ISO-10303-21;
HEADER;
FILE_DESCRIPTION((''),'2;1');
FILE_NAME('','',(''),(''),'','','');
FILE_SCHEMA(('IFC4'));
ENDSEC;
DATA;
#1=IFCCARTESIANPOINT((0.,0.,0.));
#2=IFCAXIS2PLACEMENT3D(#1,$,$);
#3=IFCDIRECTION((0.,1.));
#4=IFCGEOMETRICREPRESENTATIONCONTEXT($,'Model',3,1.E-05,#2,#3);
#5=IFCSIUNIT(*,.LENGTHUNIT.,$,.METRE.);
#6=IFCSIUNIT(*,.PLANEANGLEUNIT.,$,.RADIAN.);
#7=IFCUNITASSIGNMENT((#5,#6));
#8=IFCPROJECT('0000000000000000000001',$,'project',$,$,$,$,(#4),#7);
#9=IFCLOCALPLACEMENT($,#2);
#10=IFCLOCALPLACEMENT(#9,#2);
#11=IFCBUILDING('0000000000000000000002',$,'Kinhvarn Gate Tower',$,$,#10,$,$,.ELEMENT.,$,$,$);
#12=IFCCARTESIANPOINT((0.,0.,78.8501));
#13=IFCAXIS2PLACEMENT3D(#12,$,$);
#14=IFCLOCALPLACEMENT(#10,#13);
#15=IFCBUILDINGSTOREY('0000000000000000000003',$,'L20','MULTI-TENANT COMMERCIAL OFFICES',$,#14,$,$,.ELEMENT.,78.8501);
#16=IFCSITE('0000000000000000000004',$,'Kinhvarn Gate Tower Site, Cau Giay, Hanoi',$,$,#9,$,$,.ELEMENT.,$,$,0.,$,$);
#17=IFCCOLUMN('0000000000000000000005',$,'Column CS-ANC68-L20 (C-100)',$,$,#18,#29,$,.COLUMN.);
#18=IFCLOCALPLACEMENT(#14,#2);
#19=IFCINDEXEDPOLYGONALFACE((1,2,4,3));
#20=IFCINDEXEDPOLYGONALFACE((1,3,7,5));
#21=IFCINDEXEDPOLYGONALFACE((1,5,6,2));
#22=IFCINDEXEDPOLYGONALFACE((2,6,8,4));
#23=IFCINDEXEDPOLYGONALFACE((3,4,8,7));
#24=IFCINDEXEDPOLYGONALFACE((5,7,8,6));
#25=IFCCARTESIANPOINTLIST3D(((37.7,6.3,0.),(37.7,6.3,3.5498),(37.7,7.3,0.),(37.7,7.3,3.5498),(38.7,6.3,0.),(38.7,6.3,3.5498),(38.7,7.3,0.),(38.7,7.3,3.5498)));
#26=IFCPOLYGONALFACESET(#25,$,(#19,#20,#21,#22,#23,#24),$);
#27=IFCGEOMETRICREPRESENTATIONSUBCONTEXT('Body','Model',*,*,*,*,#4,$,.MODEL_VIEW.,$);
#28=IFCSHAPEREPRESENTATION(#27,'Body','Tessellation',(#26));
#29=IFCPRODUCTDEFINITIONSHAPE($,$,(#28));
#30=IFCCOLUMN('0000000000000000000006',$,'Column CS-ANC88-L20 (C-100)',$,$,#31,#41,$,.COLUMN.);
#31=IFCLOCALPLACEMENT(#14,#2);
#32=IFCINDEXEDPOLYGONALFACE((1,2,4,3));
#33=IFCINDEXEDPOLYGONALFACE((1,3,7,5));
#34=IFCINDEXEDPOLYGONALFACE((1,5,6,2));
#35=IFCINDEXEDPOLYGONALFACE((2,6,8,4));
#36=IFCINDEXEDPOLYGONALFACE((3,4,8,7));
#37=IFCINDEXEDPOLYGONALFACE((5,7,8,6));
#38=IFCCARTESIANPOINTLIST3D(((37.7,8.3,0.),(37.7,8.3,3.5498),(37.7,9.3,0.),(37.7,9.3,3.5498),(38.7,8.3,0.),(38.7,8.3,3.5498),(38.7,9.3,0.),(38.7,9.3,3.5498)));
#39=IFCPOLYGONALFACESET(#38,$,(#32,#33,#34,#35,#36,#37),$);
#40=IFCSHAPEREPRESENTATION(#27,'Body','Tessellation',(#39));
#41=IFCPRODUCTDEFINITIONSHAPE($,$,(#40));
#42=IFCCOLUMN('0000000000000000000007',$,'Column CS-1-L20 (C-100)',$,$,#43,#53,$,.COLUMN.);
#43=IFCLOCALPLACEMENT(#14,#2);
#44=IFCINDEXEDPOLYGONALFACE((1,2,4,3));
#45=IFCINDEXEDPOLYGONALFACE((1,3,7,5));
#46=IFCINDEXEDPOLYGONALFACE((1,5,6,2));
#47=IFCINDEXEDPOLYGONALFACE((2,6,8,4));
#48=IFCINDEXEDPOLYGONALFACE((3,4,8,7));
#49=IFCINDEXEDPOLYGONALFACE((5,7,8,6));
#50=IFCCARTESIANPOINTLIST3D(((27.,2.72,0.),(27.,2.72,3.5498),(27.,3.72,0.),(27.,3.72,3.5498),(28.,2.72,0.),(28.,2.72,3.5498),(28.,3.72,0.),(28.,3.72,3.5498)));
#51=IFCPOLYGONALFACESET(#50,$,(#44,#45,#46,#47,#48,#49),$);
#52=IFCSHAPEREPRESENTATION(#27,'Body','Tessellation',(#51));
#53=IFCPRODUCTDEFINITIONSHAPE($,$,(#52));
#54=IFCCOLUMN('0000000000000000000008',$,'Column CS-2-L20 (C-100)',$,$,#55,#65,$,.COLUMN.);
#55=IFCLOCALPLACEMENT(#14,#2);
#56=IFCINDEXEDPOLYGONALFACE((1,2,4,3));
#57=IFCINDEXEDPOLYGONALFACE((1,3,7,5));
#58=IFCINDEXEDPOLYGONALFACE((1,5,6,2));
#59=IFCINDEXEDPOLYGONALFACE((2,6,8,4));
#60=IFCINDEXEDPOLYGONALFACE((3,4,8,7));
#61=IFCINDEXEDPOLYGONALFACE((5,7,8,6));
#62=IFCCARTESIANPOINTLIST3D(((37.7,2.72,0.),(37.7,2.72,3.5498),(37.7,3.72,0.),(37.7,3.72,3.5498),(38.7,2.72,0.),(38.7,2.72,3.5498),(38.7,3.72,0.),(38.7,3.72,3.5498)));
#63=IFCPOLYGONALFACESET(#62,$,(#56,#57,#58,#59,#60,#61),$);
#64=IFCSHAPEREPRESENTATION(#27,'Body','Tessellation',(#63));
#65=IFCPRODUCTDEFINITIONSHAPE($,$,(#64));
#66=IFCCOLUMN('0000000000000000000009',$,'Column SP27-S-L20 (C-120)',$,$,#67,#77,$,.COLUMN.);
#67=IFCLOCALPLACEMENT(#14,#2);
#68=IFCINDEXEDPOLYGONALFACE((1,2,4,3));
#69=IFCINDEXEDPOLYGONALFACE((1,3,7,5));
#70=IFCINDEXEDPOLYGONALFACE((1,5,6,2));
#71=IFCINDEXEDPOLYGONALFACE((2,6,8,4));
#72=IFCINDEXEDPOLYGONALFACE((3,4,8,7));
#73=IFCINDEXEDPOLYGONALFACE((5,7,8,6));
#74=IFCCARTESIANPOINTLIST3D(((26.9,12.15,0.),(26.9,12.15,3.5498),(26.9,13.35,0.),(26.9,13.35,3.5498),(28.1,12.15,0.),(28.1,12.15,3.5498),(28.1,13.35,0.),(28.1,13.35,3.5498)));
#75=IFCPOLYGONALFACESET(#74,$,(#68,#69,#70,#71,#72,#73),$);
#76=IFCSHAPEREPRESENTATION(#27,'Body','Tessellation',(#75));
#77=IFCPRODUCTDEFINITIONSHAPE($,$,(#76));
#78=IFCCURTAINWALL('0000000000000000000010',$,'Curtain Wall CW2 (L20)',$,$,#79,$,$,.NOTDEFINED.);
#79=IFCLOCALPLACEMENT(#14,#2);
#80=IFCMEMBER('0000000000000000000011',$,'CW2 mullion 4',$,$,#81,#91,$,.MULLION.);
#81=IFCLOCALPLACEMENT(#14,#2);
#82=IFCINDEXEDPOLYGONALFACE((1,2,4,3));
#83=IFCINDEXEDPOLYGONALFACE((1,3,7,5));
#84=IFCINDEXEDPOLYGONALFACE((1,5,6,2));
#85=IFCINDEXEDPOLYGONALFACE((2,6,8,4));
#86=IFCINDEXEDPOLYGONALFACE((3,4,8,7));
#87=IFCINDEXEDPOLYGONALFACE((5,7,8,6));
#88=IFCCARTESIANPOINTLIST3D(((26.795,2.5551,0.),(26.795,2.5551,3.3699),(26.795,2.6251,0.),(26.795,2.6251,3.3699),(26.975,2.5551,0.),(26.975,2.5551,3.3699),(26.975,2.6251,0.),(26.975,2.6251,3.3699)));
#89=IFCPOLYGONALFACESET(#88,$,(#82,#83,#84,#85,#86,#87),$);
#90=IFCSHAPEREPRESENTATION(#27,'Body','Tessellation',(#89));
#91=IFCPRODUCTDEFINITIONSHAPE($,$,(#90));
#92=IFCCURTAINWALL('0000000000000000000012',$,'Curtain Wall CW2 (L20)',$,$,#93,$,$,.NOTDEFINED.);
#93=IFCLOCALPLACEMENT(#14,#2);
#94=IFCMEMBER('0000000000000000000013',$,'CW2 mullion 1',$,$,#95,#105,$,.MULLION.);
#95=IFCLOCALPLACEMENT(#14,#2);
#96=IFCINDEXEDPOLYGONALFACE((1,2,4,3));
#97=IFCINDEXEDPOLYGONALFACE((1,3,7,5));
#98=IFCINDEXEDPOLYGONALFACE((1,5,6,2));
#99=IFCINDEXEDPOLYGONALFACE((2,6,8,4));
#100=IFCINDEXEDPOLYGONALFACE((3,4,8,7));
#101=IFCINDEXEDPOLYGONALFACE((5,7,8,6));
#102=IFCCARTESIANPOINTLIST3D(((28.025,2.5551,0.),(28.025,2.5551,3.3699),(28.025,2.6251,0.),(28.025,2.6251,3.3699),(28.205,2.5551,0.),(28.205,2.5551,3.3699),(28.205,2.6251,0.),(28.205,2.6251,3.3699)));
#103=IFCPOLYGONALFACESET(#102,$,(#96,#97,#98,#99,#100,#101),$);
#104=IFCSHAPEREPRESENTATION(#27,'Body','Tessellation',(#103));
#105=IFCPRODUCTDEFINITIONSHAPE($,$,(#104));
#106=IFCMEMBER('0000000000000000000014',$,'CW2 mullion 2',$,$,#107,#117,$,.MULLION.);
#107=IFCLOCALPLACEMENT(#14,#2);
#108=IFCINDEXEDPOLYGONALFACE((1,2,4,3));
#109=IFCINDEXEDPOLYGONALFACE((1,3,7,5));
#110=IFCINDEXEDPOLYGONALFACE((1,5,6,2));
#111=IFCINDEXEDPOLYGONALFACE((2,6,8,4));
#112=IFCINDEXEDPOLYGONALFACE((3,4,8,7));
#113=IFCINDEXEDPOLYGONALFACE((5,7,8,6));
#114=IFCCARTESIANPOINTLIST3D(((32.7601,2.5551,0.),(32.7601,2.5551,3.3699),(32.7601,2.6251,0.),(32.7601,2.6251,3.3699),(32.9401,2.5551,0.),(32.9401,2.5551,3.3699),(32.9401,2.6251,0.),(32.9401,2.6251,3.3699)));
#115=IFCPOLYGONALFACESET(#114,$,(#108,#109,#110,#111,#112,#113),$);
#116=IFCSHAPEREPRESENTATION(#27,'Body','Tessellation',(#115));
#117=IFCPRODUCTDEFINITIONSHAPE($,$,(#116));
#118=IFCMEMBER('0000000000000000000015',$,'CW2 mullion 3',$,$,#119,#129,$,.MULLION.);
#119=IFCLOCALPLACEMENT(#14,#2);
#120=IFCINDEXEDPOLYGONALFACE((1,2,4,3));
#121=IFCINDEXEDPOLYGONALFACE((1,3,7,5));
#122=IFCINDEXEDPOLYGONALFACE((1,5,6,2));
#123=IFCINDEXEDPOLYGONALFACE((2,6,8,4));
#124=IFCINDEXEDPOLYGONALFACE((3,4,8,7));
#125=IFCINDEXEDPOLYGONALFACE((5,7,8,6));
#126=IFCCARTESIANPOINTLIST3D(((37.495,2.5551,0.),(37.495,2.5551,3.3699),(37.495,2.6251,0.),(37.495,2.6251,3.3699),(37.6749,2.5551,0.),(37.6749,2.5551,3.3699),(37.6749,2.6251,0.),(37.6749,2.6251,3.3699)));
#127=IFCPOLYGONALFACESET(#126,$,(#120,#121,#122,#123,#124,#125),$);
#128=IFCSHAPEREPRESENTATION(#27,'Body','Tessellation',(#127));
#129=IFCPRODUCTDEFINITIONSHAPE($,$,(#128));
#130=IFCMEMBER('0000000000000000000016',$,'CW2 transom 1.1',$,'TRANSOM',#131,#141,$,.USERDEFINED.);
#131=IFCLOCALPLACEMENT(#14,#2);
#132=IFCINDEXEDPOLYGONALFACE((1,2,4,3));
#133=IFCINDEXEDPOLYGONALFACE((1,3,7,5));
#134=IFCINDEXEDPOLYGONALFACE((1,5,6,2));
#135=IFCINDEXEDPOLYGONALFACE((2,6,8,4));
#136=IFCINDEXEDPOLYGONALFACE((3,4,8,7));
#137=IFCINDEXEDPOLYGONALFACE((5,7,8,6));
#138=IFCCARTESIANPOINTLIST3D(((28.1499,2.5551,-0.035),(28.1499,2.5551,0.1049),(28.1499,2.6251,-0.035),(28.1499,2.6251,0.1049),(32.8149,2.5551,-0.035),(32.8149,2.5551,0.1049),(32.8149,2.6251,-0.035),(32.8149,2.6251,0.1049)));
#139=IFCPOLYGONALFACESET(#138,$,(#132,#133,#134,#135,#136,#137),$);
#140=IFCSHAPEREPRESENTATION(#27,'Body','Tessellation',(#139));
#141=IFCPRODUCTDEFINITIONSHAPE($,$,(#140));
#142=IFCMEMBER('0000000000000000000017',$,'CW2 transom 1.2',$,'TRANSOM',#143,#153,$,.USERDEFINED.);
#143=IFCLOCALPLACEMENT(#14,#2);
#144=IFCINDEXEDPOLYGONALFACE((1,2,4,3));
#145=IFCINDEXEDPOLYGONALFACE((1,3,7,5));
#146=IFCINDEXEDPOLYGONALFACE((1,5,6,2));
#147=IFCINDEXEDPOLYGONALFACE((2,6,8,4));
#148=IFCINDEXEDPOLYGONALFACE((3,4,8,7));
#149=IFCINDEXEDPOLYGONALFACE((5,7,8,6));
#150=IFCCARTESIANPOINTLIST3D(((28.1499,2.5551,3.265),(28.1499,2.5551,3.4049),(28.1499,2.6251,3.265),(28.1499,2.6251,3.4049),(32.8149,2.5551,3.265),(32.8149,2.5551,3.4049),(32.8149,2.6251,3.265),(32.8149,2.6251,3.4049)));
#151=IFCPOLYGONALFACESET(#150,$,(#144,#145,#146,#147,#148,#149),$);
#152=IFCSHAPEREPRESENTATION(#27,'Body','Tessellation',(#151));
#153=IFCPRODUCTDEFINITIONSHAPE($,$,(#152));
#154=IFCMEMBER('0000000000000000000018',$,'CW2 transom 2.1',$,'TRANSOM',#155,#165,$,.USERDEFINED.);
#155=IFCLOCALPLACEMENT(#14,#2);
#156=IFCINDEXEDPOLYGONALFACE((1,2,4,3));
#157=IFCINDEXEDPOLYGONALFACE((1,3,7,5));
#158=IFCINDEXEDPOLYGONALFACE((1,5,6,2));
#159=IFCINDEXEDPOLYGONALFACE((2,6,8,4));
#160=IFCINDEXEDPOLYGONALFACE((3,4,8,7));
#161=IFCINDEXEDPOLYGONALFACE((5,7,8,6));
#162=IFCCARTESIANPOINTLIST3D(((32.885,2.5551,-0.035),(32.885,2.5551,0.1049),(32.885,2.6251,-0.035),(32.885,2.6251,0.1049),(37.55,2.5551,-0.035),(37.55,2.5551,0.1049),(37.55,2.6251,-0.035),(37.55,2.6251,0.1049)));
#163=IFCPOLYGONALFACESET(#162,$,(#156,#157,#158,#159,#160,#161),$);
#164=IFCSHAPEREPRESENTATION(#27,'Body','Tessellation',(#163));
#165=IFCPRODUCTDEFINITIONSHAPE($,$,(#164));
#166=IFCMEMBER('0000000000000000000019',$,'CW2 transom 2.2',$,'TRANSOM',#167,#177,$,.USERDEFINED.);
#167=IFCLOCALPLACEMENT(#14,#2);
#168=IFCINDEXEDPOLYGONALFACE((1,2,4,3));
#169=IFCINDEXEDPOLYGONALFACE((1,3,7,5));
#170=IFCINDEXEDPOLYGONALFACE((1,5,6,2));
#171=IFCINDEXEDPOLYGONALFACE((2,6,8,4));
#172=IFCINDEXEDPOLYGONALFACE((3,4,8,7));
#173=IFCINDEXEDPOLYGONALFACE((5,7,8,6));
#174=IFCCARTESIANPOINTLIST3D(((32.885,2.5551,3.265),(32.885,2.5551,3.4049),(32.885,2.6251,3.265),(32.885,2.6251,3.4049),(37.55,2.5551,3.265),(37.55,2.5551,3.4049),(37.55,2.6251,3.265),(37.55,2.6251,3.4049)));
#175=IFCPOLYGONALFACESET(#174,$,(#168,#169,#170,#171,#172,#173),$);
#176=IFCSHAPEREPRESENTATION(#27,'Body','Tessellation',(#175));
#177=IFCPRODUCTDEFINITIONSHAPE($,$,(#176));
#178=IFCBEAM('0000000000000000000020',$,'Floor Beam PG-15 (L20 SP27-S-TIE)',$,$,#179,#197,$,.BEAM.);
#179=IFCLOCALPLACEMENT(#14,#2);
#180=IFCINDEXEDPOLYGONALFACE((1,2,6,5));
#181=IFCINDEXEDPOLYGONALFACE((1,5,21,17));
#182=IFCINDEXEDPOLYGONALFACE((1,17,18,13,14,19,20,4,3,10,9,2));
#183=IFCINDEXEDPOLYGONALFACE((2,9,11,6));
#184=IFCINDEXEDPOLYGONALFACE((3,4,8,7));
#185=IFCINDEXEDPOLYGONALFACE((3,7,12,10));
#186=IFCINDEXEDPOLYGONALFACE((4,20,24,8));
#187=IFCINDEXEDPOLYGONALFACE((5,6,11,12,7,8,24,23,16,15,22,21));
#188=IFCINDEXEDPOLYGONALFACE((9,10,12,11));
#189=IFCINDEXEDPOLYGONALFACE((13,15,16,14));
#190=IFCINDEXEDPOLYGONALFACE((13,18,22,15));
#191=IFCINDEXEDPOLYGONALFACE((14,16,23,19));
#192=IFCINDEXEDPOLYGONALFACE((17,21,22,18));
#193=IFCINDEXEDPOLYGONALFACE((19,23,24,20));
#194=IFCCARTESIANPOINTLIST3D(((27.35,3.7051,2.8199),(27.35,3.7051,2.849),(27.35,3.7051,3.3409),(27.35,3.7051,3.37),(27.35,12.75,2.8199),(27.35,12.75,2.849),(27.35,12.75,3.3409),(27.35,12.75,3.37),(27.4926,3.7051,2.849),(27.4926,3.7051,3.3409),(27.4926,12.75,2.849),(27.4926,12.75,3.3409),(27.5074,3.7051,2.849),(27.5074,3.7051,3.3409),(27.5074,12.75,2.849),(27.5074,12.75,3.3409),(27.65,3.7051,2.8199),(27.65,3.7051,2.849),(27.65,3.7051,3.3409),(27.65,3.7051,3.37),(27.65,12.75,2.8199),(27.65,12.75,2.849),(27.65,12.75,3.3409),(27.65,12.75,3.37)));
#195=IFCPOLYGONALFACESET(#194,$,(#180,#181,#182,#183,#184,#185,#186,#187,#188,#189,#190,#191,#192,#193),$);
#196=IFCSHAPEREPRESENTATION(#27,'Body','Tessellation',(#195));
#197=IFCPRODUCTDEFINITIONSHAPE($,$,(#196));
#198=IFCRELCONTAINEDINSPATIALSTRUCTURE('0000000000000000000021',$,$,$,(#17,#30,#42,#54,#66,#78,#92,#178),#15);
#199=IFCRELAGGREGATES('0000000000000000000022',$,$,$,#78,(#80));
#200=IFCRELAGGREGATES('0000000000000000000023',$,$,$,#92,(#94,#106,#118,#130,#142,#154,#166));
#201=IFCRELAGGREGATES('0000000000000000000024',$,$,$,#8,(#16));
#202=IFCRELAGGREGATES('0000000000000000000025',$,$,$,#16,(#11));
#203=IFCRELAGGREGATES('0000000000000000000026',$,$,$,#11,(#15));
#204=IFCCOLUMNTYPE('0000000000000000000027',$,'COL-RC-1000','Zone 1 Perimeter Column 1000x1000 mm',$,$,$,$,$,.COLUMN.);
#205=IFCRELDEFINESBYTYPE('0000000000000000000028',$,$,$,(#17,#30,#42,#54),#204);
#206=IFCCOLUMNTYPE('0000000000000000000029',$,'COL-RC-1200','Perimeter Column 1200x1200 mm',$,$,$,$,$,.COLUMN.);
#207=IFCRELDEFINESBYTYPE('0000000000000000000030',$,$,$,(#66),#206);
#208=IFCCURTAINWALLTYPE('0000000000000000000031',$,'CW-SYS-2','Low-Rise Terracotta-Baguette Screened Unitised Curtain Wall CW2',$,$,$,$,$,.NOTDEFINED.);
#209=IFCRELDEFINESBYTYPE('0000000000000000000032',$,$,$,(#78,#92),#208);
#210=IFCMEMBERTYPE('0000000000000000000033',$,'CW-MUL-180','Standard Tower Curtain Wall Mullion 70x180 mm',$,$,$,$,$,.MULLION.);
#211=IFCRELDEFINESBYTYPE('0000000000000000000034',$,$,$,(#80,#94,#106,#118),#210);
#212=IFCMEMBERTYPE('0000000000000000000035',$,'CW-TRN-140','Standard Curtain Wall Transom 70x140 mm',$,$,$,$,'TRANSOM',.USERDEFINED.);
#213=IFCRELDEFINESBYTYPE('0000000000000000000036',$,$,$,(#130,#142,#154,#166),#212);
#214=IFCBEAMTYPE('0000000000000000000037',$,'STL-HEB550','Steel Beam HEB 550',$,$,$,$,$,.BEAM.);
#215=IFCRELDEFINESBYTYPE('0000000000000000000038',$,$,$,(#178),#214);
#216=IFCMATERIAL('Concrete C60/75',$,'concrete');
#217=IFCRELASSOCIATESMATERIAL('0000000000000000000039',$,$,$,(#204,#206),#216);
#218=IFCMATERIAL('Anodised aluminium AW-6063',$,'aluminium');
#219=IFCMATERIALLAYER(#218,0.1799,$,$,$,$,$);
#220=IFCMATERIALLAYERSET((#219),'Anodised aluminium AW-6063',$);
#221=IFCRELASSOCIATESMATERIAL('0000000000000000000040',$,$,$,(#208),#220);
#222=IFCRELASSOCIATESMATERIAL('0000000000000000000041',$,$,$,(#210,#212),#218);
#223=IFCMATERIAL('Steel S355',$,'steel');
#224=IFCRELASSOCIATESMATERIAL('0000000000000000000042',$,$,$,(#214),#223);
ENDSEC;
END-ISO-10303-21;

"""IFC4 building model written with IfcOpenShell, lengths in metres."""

from ifc_helpers import new_model, si_unit, direction, frame, origin, origin_2d, place, context, subcontext, project, spatial, rectangle, i_section, extrude, material, layer, layer_set, material_profile, profile_set, type_object, element, aggregate, save


model = new_model("IFC4")

# Units and contexts
model_context = context("Model", 3, precision=1e-05, world=origin(), true_north=direction((0.0, 1.0)))
body_context = subcontext(model_context, "Body", "Model", "MODEL_VIEW")
ifc_project = project(units=[si_unit("LENGTHUNIT", "METRE"), si_unit("PLANEANGLEUNIT", "RADIAN")], contexts=[model_context])

# Site, building, storey
site_placement = place(None, origin())
site = spatial("IfcSite", under=ifc_project, at=site_placement, Name="Kinhvarn Gate Tower Site, Cau Giay, Hanoi", CompositionType="ELEMENT", RefElevation=0.0)
building_placement = place(site_placement, origin())
building = spatial("IfcBuilding", under=site, at=building_placement, Name="Kinhvarn Gate Tower", CompositionType="ELEMENT")
storey_placement = place(building_placement, frame((0.0, 0.0, 78.8501)))
storey = spatial("IfcBuildingStorey", under=building, at=storey_placement, Name="L20", Description="MULTI-TENANT COMMERCIAL OFFICES", CompositionType="ELEMENT", Elevation=78.8501)

# Columns
ifc_material_1 = material(Name="Concrete C60/75", Category="concrete")
ifc_material_profile_1 = material_profile(ifc_material_1, rectangle(XDim=1.0, YDim=1.0, at=origin_2d()), Name="RC 1000x1000")
ifc_profile_set_1 = profile_set([ifc_material_profile_1], Name="Concrete C60/75")
column_type_1 = type_object("IfcColumnType", Name="COL-RC-1000", Description="Zone 1 Perimeter Column 1000x1000 mm", PredefinedType="COLUMN", material=ifc_profile_set_1)
for number, where, z_axis, x_axis, name in (
    (1, (38.2, 6.8, 0.0), (0.0, 0.0, 1.0), (1.0, 0.0, 0.0), "Column CS-ANC68-L20 (C-100)"),
    (2, (38.2, 8.8, 0.0), (0.0, 0.0, 1.0), (1.0, 0.0, 0.0), "Column CS-ANC88-L20 (C-100)"),
    (3, (27.5, 3.22, 0.0), (0.0, 0.0, 1.0), (1.0, 0.0, 0.0), "Column CS-1-L20 (C-100)"),
    (4, (38.2, 3.22, 0.0), (0.0, 0.0, 1.0), (1.0, 0.0, 0.0), "Column CS-2-L20 (C-100)"),
):
    element("IfcColumn", number, at=place(storey_placement, frame(where, z_axis=z_axis, x_axis=x_axis)), inside=storey, type_object=column_type_1, Name=name, PredefinedType="COLUMN", context=body_context, shape_type="SweptSolid", body=[
        extrude(rectangle(XDim=1.0, YDim=1.0, at=origin_2d()), origin(), (0.0, 0.0, 1.0), 3.5498),
    ])
ifc_material_profile_2 = material_profile(ifc_material_1, rectangle(XDim=1.2, YDim=1.2, at=origin_2d()), Name="RC 1200x1200")
ifc_profile_set_2 = profile_set([ifc_material_profile_2], Name="Concrete C60/75")
column_type_2 = type_object("IfcColumnType", Name="COL-RC-1200", Description="Perimeter Column 1200x1200 mm", PredefinedType="COLUMN", material=ifc_profile_set_2)
column_placement = place(storey_placement, frame((27.5, 12.75, 0.0), z_axis=(0.0, 0.0, 1.0), x_axis=(1.0, 0.0, 0.0)))
element("IfcColumn", 5, at=column_placement, inside=storey, type_object=column_type_2, Name="Column SP27-S-L20 (C-120)", PredefinedType="COLUMN", context=body_context, shape_type="SweptSolid", body=[
    extrude(rectangle(XDim=1.2, YDim=1.2, at=origin_2d()), origin(), (0.0, 0.0, 1.0), 3.5498),
])

# Curtain wall, member
ifc_material_2 = material(Name="Anodised aluminium AW-6063", Category="aluminium")
ifc_layer_1 = layer(ifc_material_2, 0.1799)
ifc_layer_set_1 = layer_set([ifc_layer_1], Name="Anodised aluminium AW-6063")
curtain_wall_type = type_object("IfcCurtainWallType", Name="CW-SYS-2", Description="Low-Rise Terracotta-Baguette Screened Unitised Curtain Wall CW2", PredefinedType="NOTDEFINED", material=ifc_layer_set_1)
curtain_wall_1_placement = place(storey_placement, origin())
curtain_wall_1 = element("IfcCurtainWall", 6, at=curtain_wall_1_placement, inside=storey, type_object=curtain_wall_type, Name="Curtain Wall CW2 (L20)", PredefinedType="NOTDEFINED")
ifc_material_profile_3 = material_profile(ifc_material_2, rectangle(XDim=0.0701, YDim=0.1799, at=origin_2d()), Name="ALU 70x180")
ifc_profile_set_3 = profile_set([ifc_material_profile_3], Name="Anodised aluminium AW-6063")
member_type_1 = type_object("IfcMemberType", Name="CW-MUL-180", Description="Standard Tower Curtain Wall Mullion 70x180 mm", PredefinedType="MULLION", material=ifc_profile_set_3)
member_1_placement = place(storey_placement, frame((26.885, 2.5901, 0.0), z_axis=(0.0, 0.0, 1.0), x_axis=(0.0, 1.0, 0.0)))
member_1 = element("IfcMember", 7, at=member_1_placement, type_object=member_type_1, Name="CW2 mullion 4", PredefinedType="MULLION", context=body_context, shape_type="SweptSolid", body=[
    extrude(rectangle(XDim=0.0701, YDim=0.1799, at=origin_2d()), origin(), (0.0, 0.0, 1.0), 3.3699),
])
aggregate(curtain_wall_1, [member_1])

# Curtain wall, members
curtain_wall_2_placement = place(storey_placement, origin())
curtain_wall_2 = element("IfcCurtainWall", 8, at=curtain_wall_2_placement, inside=storey, type_object=curtain_wall_type, Name="Curtain Wall CW2 (L20)", PredefinedType="NOTDEFINED")
member_2_placement = place(storey_placement, frame((28.115, 2.5901, 0.0), z_axis=(0.0, 0.0, 1.0), x_axis=(0.0, 1.0, 0.0)))
member_2 = element("IfcMember", 9, at=member_2_placement, type_object=member_type_1, Name="CW2 mullion 1", PredefinedType="MULLION", context=body_context, shape_type="SweptSolid", body=[
    extrude(rectangle(XDim=0.0701, YDim=0.1799, at=origin_2d()), origin(), (0.0, 0.0, 1.0), 3.3699),
])
member_3_placement = place(storey_placement, frame((32.8501, 2.5901, 0.0), z_axis=(0.0, 0.0, 1.0), x_axis=(0.0, 1.0, 0.0)))
member_3 = element("IfcMember", 10, at=member_3_placement, type_object=member_type_1, Name="CW2 mullion 2", PredefinedType="MULLION", context=body_context, shape_type="SweptSolid", body=[
    extrude(rectangle(XDim=0.0701, YDim=0.1799, at=origin_2d()), origin(), (0.0, 0.0, 1.0), 3.3699),
])
member_4_placement = place(storey_placement, frame((37.585, 2.5901, 0.0), z_axis=(0.0, 0.0, 1.0), x_axis=(0.0, 1.0, 0.0)))
member_4 = element("IfcMember", 11, at=member_4_placement, type_object=member_type_1, Name="CW2 mullion 3", PredefinedType="MULLION", context=body_context, shape_type="SweptSolid", body=[
    extrude(rectangle(XDim=0.0701, YDim=0.1799, at=origin_2d()), origin(), (0.0, 0.0, 1.0), 3.3699),
])
ifc_material_profile_4 = material_profile(ifc_material_2, rectangle(XDim=0.0701, YDim=0.1399, at=origin_2d()), Name="ALU 70x140")
ifc_profile_set_4 = profile_set([ifc_material_profile_4], Name="Anodised aluminium AW-6063")
member_type_2 = type_object("IfcMemberType", Name="CW-TRN-140", Description="Standard Curtain Wall Transom 70x140 mm", ElementType="TRANSOM", PredefinedType="USERDEFINED", material=ifc_profile_set_4)
member_5_placement = place(storey_placement, frame((28.1499, 2.5901, 0.0349), z_axis=(1.0, 0.0, 0.0), x_axis=(0.0, 1.0, 0.0)))
member_5 = element("IfcMember", 12, at=member_5_placement, type_object=member_type_2, Name="CW2 transom 1.1", ObjectType="TRANSOM", PredefinedType="USERDEFINED", context=body_context, shape_type="SweptSolid", body=[
    extrude(rectangle(XDim=0.0701, YDim=0.1399, at=origin_2d()), origin(), (0.0, 0.0, 1.0), 4.665),
])
member_6_placement = place(storey_placement, frame((28.1499, 2.5901, 3.335), z_axis=(1.0, 0.0, 0.0), x_axis=(0.0, 1.0, 0.0)))
member_6 = element("IfcMember", 13, at=member_6_placement, type_object=member_type_2, Name="CW2 transom 1.2", ObjectType="TRANSOM", PredefinedType="USERDEFINED", context=body_context, shape_type="SweptSolid", body=[
    extrude(rectangle(XDim=0.0701, YDim=0.1399, at=origin_2d()), origin(), (0.0, 0.0, 1.0), 4.665),
])
member_7_placement = place(storey_placement, frame((32.885, 2.5901, 0.0349), z_axis=(1.0, 0.0, 0.0), x_axis=(0.0, 1.0, 0.0)))
member_7 = element("IfcMember", 14, at=member_7_placement, type_object=member_type_2, Name="CW2 transom 2.1", ObjectType="TRANSOM", PredefinedType="USERDEFINED", context=body_context, shape_type="SweptSolid", body=[
    extrude(rectangle(XDim=0.0701, YDim=0.1399, at=origin_2d()), origin(), (0.0, 0.0, 1.0), 4.665),
])
member_8_placement = place(storey_placement, frame((32.885, 2.5901, 3.335), z_axis=(1.0, 0.0, 0.0), x_axis=(0.0, 1.0, 0.0)))
member_8 = element("IfcMember", 15, at=member_8_placement, type_object=member_type_2, Name="CW2 transom 2.2", ObjectType="TRANSOM", PredefinedType="USERDEFINED", context=body_context, shape_type="SweptSolid", body=[
    extrude(rectangle(XDim=0.0701, YDim=0.1399, at=origin_2d()), origin(), (0.0, 0.0, 1.0), 4.665),
])

# Beam
ifc_material_3 = material(Name="Steel S355", Category="steel")
ifc_material_profile_5 = material_profile(ifc_material_3, i_section(OverallWidth=0.3, OverallDepth=0.55, WebThickness=0.0149, FlangeThickness=0.0291, at=origin_2d()), Name="HEB 550")
ifc_profile_set_5 = profile_set([ifc_material_profile_5], Name="Steel S355")
beam_type_1 = type_object("IfcBeamType", Name="STL-HEB550", Description="Steel Beam HEB 550", PredefinedType="BEAM", material=ifc_profile_set_5)
beam_1_placement = place(storey_placement, frame((27.5, 3.7051, 3.095), z_axis=(0.0, 1.0, 0.0), x_axis=(-1.0, 0.0, 0.0)))
element("IfcBeam", 16, at=beam_1_placement, inside=storey, type_object=beam_type_1, Name="Floor Beam PG-15 (L20 SP27-S-TIE)", PredefinedType="BEAM", context=body_context, shape_type="SweptSolid", body=[
    extrude(i_section(OverallWidth=0.3, OverallDepth=0.55, WebThickness=0.0149, FlangeThickness=0.0291, at=origin_2d()), origin(), (0.0, 0.0, 1.0), 9.0449),
])

aggregate(curtain_wall_2, [member_2, member_3, member_4, member_5, member_6, member_7, member_8])

save(model, "model.ifc")
